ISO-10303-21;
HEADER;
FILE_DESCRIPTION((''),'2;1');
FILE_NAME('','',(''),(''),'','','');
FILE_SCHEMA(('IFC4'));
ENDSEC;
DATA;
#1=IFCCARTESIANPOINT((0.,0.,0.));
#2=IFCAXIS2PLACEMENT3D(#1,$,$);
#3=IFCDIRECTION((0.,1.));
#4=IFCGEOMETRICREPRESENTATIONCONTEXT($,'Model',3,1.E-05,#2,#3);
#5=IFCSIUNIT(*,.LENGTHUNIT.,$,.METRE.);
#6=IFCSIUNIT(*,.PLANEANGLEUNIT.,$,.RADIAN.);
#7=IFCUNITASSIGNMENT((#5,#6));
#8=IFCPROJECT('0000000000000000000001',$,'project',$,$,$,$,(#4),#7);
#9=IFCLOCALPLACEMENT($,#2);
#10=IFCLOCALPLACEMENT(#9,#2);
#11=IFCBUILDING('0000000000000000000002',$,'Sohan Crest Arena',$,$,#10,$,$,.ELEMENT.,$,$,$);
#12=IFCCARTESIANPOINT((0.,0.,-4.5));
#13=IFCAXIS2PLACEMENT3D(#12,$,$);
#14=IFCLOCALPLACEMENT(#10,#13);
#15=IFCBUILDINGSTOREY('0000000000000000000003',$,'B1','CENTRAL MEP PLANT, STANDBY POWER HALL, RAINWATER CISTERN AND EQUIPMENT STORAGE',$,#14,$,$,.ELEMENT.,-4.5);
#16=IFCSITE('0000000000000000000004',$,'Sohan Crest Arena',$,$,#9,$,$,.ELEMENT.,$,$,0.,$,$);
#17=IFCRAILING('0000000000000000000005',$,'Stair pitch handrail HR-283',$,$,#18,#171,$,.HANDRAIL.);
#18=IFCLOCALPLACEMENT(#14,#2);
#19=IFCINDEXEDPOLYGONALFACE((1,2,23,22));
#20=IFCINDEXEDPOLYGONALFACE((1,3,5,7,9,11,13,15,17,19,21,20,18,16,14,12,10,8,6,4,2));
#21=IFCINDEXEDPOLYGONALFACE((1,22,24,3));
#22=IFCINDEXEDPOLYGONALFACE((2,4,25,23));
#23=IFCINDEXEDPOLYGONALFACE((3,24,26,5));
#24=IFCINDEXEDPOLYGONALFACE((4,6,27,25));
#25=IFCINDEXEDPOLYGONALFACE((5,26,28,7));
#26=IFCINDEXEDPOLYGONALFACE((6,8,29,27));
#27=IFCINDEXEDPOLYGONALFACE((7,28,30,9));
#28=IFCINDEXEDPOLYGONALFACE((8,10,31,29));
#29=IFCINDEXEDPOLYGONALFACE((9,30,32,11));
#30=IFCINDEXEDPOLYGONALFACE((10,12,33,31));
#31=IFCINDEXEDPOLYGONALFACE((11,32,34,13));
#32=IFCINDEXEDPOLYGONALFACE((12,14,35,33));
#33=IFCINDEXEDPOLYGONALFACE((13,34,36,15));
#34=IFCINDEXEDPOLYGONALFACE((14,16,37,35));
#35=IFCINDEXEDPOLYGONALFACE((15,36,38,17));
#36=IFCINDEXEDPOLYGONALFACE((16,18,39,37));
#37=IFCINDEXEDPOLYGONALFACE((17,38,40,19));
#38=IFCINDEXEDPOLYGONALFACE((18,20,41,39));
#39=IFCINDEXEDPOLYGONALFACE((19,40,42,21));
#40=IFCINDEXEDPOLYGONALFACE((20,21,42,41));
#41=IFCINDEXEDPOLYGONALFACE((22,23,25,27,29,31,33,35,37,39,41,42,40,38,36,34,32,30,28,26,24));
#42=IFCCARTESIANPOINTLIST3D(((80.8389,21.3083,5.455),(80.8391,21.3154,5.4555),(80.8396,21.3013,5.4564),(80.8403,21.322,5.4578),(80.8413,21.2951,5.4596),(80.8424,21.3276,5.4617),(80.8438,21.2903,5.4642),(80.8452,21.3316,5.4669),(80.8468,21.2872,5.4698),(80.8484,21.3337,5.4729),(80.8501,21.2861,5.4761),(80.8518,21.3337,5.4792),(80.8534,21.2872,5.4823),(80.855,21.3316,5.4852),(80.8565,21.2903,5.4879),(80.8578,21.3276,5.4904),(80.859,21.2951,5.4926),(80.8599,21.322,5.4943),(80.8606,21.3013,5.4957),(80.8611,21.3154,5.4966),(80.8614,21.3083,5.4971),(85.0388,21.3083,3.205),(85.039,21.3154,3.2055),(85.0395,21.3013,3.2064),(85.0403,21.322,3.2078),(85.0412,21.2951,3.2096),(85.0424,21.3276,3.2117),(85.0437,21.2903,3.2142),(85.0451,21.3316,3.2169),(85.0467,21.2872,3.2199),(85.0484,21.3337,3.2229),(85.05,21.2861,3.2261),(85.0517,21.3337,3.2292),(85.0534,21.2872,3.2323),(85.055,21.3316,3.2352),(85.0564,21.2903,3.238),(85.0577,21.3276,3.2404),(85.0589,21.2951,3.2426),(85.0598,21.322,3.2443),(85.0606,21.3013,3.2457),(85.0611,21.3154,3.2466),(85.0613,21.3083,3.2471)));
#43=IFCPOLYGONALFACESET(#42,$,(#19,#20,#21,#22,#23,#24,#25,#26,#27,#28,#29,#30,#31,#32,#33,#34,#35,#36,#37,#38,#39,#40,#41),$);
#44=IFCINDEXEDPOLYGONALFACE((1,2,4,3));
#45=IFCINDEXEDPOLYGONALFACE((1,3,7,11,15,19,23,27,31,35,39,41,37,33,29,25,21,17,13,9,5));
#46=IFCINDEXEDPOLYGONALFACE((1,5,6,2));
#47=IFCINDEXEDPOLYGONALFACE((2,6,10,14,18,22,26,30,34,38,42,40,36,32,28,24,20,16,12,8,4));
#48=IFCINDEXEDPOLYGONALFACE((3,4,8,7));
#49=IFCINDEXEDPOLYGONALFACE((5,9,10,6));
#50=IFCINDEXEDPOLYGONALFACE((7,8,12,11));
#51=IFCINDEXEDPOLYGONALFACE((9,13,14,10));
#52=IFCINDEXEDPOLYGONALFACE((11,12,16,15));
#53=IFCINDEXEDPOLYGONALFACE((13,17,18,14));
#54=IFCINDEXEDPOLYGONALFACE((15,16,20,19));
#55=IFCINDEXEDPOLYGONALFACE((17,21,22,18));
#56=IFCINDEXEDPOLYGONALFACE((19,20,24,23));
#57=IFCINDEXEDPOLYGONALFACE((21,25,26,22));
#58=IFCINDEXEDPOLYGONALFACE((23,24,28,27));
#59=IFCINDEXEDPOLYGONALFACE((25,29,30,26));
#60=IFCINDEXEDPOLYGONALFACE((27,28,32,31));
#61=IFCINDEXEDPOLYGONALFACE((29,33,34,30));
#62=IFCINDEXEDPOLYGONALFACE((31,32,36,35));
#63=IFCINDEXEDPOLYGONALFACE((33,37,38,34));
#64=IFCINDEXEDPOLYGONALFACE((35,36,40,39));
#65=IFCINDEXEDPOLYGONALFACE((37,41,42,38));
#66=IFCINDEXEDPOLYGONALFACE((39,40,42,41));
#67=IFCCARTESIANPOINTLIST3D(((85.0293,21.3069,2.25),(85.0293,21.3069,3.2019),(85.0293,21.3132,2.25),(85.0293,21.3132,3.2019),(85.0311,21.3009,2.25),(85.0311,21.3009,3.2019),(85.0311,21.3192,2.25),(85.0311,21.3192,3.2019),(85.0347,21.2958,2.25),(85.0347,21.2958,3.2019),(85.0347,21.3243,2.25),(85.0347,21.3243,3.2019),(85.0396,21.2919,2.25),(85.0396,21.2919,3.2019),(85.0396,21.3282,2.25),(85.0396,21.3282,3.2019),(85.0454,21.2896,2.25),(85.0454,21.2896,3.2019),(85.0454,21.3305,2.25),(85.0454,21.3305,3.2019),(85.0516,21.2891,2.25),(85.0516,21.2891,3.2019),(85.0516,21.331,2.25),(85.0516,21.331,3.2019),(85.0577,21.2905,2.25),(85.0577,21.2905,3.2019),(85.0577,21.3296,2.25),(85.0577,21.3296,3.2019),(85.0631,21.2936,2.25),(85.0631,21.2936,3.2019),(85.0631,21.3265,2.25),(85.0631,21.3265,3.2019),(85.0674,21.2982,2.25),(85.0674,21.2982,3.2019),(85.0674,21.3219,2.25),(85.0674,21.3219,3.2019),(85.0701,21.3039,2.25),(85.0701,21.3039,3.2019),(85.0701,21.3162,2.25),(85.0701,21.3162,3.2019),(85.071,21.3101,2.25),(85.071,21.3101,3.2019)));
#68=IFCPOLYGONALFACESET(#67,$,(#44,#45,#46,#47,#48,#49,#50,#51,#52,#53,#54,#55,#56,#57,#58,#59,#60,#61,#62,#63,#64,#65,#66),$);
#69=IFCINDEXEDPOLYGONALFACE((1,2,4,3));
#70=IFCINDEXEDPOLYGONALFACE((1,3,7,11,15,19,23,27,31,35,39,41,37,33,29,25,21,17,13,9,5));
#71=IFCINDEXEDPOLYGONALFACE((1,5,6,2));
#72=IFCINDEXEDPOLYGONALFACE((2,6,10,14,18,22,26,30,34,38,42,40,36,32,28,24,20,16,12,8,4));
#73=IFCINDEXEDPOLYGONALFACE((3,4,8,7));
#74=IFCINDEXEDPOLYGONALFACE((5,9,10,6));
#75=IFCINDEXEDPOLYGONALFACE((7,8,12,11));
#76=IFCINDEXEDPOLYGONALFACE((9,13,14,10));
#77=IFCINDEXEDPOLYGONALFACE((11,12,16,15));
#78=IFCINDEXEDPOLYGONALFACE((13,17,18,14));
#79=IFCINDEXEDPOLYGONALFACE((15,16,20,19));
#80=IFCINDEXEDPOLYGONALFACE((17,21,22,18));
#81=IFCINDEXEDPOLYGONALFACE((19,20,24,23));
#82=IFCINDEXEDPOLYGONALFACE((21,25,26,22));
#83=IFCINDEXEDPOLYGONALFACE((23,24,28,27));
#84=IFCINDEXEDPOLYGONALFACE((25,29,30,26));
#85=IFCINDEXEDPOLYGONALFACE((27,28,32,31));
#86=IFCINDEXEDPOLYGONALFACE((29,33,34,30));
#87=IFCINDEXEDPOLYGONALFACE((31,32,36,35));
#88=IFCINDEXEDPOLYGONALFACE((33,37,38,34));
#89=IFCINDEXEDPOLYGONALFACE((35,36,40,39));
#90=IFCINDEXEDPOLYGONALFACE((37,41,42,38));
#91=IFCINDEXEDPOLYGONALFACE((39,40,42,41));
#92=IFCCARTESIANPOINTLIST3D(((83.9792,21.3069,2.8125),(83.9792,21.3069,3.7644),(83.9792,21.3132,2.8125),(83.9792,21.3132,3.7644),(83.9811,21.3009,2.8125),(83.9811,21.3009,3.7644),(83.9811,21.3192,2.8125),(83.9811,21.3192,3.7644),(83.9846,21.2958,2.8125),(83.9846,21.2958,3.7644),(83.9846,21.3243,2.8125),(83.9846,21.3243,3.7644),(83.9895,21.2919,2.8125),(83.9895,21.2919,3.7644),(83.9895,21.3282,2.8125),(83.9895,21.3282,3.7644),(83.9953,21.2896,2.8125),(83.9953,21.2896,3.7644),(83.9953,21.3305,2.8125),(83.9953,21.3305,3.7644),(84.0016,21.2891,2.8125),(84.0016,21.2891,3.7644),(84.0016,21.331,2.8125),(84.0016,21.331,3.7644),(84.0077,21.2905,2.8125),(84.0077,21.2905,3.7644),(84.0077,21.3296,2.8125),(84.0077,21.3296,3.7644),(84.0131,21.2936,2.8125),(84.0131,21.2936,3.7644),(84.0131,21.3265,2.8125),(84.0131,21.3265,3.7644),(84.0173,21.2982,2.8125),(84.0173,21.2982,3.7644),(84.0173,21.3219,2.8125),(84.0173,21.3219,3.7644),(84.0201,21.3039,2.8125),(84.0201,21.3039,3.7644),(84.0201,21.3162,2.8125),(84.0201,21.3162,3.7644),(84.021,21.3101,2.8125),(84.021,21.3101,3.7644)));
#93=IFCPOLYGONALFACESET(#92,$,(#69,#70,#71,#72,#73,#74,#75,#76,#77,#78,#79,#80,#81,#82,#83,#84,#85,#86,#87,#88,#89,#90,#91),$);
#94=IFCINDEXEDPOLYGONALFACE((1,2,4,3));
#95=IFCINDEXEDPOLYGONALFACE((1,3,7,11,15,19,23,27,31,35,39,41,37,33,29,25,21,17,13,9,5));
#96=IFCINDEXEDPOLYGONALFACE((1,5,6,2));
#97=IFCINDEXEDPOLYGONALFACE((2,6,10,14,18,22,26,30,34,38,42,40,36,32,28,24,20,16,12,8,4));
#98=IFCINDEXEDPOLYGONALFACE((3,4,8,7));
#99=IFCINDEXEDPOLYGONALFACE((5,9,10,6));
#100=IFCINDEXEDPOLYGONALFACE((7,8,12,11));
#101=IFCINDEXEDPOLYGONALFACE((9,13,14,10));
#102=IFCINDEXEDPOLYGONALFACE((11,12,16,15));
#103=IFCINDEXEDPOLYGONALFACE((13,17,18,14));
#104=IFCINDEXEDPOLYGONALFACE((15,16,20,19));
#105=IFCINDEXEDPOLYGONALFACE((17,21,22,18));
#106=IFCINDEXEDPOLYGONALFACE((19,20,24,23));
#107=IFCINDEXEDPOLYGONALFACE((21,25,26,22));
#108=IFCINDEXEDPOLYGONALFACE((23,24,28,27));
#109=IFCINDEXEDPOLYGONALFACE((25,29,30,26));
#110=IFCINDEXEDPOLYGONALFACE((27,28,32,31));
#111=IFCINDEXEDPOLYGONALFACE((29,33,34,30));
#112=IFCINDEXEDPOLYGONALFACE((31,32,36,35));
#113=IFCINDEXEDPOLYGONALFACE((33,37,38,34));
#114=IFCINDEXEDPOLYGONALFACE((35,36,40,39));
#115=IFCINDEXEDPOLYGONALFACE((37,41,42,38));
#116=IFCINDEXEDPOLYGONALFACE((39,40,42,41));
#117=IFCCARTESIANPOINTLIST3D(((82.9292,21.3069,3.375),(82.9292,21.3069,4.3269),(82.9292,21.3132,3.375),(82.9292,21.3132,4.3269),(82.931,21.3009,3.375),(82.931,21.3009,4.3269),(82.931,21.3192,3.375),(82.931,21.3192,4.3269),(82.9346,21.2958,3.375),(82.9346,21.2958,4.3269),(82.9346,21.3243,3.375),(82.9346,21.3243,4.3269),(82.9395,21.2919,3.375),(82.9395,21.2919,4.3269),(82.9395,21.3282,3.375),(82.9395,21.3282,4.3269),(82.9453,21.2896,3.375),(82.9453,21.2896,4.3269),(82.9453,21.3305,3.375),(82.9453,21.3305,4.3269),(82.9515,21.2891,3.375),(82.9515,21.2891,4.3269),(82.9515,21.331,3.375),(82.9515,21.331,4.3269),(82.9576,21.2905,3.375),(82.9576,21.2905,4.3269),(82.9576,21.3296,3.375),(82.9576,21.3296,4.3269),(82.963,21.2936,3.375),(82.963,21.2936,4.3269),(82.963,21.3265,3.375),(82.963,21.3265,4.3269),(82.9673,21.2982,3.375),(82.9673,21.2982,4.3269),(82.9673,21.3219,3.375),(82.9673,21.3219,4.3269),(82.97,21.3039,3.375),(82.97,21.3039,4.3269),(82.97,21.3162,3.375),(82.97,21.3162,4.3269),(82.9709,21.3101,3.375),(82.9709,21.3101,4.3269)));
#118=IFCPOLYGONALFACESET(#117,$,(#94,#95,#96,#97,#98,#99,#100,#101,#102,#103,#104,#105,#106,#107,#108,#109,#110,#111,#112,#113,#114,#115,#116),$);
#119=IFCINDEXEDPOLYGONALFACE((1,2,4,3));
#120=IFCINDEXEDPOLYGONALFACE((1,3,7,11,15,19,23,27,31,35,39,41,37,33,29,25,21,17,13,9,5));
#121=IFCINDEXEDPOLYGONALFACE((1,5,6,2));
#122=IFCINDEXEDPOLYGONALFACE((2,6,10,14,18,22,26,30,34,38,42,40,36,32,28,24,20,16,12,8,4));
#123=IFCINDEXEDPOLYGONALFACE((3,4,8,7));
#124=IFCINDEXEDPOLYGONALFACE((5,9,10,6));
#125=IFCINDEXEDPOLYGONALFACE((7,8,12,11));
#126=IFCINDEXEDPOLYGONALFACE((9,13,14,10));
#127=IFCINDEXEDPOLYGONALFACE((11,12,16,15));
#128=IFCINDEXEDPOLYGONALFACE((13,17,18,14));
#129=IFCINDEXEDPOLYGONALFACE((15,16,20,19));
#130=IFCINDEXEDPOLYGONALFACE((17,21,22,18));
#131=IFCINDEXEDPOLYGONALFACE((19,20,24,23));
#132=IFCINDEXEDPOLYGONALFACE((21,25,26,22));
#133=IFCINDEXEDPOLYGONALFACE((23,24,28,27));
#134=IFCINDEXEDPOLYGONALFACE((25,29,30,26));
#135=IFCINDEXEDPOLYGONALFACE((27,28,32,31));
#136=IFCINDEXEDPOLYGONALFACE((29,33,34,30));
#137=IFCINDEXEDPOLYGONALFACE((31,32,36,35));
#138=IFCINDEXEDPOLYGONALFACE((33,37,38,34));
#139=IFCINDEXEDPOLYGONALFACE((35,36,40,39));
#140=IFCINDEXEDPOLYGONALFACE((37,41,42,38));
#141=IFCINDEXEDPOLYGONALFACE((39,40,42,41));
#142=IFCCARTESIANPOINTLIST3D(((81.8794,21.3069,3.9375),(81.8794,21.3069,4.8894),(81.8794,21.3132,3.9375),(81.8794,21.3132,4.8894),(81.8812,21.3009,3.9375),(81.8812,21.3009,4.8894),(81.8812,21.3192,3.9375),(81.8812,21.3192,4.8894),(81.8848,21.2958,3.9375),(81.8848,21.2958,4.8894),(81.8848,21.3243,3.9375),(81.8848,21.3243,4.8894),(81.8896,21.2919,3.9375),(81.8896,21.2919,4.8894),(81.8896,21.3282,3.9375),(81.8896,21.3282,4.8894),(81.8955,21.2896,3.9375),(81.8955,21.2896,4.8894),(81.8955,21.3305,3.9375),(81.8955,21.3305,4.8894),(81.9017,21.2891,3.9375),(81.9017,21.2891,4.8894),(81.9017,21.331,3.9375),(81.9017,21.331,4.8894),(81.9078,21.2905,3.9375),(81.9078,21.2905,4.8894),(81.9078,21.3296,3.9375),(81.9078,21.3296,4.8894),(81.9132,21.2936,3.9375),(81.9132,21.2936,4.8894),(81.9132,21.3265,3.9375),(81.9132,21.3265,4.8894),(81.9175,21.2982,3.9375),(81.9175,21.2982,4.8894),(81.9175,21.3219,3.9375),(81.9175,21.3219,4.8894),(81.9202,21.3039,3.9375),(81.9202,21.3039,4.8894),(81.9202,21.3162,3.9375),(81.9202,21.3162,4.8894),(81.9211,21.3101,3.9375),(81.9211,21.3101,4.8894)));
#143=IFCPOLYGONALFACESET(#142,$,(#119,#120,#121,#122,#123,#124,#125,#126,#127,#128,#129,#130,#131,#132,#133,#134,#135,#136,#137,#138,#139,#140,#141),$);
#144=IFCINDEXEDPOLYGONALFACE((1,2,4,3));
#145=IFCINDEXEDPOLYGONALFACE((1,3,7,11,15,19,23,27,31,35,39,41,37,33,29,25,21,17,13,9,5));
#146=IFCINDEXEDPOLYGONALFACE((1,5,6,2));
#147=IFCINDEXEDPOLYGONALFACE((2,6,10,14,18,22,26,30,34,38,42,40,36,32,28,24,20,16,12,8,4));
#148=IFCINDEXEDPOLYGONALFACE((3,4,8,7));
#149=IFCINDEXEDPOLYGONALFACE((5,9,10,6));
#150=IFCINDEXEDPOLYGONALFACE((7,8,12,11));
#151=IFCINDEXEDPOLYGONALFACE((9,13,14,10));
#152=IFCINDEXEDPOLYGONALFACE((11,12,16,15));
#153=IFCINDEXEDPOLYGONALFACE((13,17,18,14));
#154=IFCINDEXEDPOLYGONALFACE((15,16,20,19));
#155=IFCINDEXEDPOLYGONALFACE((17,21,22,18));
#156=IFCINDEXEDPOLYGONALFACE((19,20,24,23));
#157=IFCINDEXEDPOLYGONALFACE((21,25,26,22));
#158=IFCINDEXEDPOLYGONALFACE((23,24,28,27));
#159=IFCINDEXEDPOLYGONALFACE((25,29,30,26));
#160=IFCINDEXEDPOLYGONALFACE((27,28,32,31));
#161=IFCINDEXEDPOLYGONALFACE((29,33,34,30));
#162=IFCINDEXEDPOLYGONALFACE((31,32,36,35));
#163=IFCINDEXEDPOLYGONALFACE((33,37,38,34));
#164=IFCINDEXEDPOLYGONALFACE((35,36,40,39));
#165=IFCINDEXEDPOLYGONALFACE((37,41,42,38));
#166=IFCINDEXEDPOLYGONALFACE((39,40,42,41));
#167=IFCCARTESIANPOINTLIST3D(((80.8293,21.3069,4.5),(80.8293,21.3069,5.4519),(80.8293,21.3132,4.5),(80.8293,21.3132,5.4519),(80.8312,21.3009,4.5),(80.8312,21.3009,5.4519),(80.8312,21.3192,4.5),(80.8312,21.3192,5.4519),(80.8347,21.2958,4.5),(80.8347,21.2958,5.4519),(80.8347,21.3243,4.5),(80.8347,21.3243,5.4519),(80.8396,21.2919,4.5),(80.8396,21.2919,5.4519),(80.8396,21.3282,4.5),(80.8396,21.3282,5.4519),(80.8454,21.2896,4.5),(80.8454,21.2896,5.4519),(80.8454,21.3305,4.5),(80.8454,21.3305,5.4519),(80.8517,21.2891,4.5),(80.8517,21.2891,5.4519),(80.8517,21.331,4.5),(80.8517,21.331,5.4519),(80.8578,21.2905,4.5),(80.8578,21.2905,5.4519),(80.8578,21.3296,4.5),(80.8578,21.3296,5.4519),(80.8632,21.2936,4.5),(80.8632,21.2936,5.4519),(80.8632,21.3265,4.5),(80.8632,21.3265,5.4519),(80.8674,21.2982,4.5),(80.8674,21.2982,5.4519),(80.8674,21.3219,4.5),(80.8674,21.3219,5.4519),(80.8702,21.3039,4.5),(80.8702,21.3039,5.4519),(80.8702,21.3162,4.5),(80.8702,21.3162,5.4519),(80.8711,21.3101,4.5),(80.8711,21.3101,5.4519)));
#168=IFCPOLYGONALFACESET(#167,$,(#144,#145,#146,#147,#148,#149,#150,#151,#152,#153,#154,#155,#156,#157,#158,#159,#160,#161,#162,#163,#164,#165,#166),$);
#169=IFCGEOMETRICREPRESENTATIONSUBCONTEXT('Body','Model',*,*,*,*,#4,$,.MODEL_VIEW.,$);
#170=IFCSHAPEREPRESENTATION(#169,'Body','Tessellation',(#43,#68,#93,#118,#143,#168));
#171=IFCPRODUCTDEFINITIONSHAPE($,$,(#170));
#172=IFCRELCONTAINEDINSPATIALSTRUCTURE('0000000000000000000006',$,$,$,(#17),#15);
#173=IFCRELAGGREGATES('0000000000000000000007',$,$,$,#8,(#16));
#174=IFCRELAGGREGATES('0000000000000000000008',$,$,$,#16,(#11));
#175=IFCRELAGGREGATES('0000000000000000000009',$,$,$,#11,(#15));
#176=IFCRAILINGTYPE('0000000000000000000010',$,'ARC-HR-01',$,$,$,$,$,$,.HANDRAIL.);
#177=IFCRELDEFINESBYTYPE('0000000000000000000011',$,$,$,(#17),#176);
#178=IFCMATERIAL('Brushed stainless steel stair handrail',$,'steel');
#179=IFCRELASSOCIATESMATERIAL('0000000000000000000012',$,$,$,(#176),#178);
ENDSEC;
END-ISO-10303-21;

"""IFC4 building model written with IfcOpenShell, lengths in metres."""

from ifc_helpers import new_model, si_unit, direction, frame, origin, origin_2d, place, context, subcontext, project, spatial, circle, extrude, material, type_object, element, save


model = new_model("IFC4")

# Units and contexts
model_context = context("Model", 3, precision=1e-05, world=origin(), true_north=direction((0.0, 1.0)))
body_context = subcontext(model_context, "Body", "Model", "MODEL_VIEW")
ifc_project = project(units=[si_unit("LENGTHUNIT", "METRE"), si_unit("PLANEANGLEUNIT", "RADIAN")], contexts=[model_context])

# Site, building, storey
site_placement = place(None, origin())
site = spatial("IfcSite", under=ifc_project, at=site_placement, Name="Sohan Crest Arena", CompositionType="ELEMENT", RefElevation=0.0)
building_placement = place(site_placement, origin())
building = spatial("IfcBuilding", under=site, at=building_placement, Name="Sohan Crest Arena", CompositionType="ELEMENT")
storey_placement = place(building_placement, frame((0.0, 0.0, -4.5)))
storey = spatial("IfcBuildingStorey", under=building, at=storey_placement, Name="B1", Description="CENTRAL MEP PLANT, STANDBY POWER HALL, RAINWATER CISTERN AND EQUIPMENT STORAGE", CompositionType="ELEMENT", Elevation=-4.5)

# Railing
ifc_material_1 = material(Name="Brushed stainless steel stair handrail", Category="steel")
railing_type_1 = type_object("IfcRailingType", Name="ARC-HR-01", PredefinedType="HANDRAIL", material=ifc_material_1)
railing_1_placement = place(storey_placement, frame((85.05, 21.3101, 2.25)))
element("IfcRailing", 1, at=railing_1_placement, inside=storey, type_object=railing_type_1, Name="Stair pitch handrail HR-283", PredefinedType="HANDRAIL", context=body_context, shape_type="SweptSolid", body=[
    extrude(circle(Radius=0.0239, at=origin_2d()), frame((0.0, 0.0, 0.9761), z_axis=(-0.881478, 0.0, 0.472226), x_axis=(0.0, -1.0, 0.0)), (0.0, 0.0, 1.0), 4.7646),
    extrude(circle(Radius=0.021, at=origin_2d()), origin(), (0.0, 0.0, 1.0), 0.9519),
    extrude(circle(Radius=0.021, at=origin_2d()), frame((-1.05, 0.0, 0.5625)), (0.0, 0.0, 1.0), 0.9519),
    extrude(circle(Radius=0.021, at=origin_2d()), frame((-2.1001, 0.0, 1.125)), (0.0, 0.0, 1.0), 0.9519),
    extrude(circle(Radius=0.021, at=origin_2d()), frame((-3.1499, 0.0, 1.6875)), (0.0, 0.0, 1.0), 0.9519),
    extrude(circle(Radius=0.021, at=origin_2d()), frame((-4.2, 0.0, 2.25)), (0.0, 0.0, 1.0), 0.9519),
])

save(model, "model.ifc")
